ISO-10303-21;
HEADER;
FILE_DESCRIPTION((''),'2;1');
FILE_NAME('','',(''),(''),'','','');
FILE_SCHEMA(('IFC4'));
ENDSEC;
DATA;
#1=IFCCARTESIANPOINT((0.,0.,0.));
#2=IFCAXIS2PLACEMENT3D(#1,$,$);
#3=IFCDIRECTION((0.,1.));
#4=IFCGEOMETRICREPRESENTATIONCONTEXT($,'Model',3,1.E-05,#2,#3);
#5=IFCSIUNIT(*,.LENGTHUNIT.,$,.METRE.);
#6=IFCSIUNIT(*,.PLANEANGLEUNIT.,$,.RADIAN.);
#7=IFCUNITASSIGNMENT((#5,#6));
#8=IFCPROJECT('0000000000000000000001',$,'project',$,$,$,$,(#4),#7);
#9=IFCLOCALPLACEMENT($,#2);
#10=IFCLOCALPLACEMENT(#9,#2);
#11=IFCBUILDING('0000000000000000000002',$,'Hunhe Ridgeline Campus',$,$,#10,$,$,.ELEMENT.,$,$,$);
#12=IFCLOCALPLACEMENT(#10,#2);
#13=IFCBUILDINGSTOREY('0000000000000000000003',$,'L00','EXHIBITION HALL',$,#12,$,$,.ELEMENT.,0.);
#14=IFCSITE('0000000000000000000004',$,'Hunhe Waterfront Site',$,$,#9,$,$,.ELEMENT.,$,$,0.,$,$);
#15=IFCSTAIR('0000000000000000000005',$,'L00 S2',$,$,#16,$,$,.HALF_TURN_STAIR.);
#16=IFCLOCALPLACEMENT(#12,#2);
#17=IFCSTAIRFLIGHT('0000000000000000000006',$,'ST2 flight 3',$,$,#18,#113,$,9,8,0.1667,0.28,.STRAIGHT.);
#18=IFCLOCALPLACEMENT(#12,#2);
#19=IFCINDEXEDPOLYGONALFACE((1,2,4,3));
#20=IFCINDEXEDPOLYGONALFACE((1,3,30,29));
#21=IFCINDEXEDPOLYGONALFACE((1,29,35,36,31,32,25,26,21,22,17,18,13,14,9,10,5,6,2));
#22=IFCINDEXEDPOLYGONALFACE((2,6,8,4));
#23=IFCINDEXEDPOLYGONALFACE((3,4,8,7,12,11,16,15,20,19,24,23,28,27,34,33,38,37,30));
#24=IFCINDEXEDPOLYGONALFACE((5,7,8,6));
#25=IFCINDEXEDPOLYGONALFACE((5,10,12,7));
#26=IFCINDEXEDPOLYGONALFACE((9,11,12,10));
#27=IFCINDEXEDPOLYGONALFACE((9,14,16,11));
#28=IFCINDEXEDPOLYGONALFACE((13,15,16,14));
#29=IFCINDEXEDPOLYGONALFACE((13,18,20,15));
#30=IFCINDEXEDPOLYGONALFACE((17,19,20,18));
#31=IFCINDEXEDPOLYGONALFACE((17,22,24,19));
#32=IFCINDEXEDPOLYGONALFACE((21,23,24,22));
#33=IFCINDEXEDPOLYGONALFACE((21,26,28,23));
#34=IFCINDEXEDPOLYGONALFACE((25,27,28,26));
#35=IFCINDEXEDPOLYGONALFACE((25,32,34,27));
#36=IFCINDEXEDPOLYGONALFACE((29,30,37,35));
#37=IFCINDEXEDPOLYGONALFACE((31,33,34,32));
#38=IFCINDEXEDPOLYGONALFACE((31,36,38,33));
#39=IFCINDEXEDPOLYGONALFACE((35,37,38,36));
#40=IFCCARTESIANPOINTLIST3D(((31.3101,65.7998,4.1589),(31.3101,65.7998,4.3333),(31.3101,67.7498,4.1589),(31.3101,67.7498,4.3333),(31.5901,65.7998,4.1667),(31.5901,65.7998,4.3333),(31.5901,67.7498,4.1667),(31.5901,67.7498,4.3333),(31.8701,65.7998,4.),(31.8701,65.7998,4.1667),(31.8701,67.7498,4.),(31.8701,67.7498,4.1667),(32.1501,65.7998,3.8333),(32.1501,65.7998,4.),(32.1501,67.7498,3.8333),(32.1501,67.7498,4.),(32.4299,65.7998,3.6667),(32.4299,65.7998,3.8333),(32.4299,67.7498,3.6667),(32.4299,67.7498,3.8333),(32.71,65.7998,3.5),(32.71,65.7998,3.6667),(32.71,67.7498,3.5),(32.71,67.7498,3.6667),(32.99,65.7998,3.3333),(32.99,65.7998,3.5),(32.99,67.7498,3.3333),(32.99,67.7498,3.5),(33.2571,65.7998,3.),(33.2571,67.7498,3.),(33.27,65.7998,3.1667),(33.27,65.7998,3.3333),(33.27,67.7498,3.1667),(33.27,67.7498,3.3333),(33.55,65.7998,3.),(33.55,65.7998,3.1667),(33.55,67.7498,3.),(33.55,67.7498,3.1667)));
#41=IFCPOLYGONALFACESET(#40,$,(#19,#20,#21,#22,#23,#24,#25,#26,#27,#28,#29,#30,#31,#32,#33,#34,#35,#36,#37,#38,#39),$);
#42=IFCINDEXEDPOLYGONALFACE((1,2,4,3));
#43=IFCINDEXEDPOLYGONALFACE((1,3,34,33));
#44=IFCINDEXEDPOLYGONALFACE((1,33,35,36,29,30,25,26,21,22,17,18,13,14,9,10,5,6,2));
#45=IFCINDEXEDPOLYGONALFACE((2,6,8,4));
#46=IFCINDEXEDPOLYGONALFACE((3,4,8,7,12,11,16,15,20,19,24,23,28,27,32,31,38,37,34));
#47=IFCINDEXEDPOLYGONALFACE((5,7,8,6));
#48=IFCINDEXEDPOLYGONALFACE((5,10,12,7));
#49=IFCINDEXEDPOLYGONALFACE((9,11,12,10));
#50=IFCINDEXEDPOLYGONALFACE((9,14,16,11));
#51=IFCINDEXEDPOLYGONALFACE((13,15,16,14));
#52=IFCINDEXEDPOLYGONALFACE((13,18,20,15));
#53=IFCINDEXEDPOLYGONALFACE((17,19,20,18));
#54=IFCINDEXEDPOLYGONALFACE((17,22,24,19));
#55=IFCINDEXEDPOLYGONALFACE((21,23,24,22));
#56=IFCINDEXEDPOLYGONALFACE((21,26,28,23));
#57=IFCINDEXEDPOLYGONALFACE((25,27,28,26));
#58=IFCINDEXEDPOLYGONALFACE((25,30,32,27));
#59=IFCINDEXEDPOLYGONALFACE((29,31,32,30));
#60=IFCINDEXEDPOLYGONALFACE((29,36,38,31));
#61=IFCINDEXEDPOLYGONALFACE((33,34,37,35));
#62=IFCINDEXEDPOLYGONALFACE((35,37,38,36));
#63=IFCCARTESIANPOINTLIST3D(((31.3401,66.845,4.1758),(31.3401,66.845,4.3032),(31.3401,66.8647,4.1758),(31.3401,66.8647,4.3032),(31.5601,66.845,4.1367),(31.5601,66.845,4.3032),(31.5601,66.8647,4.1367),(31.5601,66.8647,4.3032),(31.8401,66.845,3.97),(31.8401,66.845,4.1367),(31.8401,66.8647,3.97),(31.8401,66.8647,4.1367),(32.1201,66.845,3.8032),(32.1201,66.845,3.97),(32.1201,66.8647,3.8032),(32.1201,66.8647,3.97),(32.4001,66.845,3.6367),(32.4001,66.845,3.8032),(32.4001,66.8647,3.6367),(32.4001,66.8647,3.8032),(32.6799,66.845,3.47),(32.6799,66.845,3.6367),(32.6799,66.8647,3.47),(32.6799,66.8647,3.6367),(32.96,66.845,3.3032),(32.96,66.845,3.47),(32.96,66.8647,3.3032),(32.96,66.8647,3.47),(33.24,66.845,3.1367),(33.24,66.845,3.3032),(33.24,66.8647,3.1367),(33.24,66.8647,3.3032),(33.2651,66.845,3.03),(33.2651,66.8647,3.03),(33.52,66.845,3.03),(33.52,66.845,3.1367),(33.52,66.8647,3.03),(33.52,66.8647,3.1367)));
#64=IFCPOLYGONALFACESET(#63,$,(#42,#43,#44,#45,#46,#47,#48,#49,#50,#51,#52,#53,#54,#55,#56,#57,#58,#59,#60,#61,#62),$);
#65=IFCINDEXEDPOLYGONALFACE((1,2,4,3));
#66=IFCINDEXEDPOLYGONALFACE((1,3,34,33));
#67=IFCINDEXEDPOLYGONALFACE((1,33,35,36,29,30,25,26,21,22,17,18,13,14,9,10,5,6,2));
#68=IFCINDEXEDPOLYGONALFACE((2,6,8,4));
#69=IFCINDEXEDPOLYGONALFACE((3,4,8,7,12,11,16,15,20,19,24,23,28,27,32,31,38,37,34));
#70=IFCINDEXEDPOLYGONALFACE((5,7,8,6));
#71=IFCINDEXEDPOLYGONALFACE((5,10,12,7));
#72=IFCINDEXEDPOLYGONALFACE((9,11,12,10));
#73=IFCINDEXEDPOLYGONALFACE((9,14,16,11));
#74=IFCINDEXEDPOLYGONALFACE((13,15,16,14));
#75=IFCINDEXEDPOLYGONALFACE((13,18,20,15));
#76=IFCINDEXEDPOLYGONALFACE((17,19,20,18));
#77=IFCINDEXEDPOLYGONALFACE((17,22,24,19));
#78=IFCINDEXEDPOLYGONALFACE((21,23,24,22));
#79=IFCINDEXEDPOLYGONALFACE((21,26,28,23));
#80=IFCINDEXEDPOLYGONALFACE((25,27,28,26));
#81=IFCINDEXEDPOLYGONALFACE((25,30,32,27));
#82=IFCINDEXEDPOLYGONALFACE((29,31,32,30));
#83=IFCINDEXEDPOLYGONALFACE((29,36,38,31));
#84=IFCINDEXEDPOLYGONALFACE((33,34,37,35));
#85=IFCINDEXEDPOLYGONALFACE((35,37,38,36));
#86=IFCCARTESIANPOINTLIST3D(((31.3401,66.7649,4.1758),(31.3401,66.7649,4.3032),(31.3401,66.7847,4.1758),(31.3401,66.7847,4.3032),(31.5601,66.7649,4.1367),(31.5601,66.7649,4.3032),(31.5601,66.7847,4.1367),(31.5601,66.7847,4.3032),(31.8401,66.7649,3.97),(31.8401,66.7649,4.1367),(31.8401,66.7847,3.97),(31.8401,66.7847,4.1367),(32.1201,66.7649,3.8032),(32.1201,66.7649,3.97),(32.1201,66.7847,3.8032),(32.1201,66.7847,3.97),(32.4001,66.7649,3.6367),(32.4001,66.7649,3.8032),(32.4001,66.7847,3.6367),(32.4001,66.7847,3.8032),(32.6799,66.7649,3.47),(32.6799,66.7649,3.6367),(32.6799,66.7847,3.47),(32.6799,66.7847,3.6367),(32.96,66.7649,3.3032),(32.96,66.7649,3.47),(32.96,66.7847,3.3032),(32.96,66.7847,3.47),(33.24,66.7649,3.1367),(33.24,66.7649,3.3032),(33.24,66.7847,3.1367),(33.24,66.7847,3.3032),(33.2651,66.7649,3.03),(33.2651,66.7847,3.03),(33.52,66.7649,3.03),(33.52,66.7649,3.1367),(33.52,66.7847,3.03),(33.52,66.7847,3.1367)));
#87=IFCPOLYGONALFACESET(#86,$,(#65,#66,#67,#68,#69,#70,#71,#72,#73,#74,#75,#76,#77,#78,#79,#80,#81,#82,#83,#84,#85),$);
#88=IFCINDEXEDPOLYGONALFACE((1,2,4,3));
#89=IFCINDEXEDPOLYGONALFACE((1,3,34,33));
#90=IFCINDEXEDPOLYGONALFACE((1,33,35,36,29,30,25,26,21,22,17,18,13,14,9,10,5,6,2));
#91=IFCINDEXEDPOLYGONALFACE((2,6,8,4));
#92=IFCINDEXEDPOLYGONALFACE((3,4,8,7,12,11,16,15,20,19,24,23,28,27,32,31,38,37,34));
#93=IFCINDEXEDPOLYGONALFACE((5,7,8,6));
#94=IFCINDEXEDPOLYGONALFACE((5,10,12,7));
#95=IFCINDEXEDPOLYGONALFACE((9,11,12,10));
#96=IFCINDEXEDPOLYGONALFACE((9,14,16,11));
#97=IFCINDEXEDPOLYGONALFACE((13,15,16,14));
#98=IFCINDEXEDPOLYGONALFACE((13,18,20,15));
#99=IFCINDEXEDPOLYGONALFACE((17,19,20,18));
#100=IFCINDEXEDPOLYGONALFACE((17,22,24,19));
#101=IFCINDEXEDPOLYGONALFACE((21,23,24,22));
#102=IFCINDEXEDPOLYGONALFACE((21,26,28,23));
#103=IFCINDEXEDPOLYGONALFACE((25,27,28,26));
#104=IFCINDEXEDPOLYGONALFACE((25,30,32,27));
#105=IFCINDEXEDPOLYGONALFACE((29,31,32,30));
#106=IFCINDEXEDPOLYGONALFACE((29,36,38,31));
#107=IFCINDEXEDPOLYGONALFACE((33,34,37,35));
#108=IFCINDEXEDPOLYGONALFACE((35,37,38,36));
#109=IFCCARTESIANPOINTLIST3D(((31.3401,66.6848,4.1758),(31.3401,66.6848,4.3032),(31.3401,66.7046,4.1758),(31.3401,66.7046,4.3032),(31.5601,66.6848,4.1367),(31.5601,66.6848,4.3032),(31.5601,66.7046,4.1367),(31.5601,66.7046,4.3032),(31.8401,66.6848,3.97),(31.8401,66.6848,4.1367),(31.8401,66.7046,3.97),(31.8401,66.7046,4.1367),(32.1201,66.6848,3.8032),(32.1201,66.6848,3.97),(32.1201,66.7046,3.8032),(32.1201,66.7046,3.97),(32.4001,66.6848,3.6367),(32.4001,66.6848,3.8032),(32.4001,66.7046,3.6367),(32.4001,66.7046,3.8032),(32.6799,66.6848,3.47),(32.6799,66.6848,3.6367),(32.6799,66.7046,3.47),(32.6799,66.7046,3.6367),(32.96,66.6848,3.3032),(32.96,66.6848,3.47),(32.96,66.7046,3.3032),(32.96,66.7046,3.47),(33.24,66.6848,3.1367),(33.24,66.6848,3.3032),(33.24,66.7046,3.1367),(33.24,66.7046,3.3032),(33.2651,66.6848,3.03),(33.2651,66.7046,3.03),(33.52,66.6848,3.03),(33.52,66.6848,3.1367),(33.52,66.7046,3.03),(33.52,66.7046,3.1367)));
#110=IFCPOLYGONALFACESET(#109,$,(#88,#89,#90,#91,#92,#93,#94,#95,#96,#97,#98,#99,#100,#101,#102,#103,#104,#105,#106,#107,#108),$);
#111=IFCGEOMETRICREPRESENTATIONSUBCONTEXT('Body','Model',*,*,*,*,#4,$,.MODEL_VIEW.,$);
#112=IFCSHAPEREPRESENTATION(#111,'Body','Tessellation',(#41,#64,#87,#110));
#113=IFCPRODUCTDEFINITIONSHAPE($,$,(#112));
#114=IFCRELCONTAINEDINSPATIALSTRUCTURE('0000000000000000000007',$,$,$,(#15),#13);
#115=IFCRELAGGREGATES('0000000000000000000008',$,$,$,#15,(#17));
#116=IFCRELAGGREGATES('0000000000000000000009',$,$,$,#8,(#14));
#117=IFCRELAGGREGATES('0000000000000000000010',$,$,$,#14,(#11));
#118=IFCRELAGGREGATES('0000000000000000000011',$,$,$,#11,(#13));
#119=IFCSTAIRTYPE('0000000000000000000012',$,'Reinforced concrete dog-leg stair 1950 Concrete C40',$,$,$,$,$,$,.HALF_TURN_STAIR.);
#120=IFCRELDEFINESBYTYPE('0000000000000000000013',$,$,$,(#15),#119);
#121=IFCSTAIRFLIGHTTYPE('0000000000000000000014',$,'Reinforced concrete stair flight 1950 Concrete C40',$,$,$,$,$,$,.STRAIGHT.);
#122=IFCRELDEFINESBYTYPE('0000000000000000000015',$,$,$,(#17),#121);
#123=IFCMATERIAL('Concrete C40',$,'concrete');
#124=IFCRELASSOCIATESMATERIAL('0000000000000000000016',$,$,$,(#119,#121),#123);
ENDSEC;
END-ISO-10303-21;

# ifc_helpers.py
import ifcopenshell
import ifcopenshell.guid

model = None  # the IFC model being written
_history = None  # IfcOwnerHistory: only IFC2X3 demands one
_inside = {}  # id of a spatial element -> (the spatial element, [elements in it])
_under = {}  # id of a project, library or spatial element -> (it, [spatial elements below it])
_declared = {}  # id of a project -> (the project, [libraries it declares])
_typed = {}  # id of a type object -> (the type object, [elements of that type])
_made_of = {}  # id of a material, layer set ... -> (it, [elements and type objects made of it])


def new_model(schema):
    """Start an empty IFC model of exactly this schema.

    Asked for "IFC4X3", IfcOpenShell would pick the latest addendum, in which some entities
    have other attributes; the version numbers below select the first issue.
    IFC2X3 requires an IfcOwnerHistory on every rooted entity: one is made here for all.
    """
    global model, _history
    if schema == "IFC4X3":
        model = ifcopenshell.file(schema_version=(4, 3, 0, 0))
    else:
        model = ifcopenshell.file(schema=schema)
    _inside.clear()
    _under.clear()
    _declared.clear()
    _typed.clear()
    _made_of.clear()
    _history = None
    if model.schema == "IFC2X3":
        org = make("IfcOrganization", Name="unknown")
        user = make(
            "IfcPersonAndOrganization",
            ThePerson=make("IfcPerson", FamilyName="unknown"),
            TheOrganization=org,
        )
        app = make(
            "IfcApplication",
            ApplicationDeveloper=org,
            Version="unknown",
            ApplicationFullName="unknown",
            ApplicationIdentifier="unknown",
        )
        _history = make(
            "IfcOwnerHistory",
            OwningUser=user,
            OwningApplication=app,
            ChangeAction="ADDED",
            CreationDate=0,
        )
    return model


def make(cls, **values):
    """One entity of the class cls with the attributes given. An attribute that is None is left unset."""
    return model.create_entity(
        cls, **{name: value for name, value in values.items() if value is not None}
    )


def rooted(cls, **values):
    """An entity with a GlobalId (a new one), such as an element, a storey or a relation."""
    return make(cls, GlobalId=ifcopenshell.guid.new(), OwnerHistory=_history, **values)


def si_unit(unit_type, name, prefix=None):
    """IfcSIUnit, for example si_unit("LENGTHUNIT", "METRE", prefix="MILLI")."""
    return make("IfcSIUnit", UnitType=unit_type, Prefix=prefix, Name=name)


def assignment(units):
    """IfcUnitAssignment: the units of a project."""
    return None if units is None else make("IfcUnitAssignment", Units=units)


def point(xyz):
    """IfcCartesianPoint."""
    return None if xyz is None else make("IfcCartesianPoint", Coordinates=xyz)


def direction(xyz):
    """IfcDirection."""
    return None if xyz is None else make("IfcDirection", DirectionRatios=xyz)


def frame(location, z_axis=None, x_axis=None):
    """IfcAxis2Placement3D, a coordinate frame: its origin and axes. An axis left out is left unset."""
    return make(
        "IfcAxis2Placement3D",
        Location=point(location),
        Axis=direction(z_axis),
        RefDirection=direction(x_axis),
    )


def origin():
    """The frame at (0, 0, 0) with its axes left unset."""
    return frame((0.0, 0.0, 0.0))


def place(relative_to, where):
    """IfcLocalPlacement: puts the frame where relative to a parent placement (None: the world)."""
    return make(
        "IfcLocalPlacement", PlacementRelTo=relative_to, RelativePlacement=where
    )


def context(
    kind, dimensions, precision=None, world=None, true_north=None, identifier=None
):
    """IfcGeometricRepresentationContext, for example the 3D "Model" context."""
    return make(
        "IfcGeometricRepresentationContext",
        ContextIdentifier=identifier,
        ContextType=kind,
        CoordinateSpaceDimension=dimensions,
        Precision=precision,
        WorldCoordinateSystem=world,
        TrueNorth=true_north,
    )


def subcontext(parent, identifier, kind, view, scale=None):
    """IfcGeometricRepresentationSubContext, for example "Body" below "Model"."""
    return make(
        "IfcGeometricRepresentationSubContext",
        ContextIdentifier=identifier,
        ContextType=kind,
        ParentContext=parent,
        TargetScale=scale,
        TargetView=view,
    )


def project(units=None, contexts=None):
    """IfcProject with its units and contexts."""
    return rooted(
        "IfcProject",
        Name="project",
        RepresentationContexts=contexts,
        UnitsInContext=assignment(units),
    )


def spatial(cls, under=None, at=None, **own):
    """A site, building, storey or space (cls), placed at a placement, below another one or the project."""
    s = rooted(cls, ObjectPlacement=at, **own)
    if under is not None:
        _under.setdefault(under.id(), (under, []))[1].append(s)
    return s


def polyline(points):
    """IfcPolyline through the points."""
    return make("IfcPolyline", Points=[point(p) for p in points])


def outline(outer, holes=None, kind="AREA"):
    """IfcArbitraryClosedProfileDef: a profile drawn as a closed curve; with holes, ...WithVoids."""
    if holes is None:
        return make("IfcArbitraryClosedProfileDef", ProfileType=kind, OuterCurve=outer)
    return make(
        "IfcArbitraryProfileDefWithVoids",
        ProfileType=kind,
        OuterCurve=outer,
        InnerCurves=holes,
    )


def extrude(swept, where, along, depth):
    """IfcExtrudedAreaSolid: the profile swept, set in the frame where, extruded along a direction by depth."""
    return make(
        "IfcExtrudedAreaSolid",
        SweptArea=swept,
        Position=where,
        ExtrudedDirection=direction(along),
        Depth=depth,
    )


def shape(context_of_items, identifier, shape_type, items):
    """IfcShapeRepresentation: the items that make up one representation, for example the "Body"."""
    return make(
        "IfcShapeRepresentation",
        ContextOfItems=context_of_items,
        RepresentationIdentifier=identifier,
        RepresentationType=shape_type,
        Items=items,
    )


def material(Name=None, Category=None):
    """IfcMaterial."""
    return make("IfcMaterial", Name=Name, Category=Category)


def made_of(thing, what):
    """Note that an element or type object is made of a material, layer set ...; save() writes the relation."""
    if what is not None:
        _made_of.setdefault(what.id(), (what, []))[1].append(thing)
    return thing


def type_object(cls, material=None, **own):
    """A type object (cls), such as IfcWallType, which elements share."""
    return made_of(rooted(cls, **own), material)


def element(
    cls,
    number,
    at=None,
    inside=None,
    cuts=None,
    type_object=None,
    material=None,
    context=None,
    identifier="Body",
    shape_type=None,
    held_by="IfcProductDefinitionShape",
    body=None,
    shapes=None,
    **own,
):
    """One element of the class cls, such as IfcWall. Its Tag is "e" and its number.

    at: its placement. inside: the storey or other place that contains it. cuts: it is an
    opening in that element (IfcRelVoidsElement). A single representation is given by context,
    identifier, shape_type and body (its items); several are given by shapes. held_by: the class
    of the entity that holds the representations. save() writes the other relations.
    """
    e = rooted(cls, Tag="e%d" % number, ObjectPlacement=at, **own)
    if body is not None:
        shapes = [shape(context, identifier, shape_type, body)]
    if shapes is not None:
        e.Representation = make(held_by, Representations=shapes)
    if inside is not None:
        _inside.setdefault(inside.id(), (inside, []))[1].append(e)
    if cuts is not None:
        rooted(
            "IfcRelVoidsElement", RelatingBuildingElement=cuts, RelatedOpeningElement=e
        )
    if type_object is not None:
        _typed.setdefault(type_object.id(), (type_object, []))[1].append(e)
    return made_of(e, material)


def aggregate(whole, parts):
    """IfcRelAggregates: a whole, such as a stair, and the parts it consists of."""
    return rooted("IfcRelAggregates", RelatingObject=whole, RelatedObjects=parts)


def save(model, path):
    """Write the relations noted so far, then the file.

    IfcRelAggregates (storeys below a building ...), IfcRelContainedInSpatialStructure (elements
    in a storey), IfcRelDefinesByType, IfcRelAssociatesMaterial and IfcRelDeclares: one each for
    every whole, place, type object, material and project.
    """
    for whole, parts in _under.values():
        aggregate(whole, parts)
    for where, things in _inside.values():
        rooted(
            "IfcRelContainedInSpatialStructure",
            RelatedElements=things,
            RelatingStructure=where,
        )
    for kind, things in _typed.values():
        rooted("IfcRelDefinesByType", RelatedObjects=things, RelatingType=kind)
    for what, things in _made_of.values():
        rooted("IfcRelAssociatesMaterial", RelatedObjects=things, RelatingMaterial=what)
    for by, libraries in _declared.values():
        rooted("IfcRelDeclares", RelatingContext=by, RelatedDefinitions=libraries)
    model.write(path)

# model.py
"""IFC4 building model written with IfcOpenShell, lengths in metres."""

from ifc_helpers import new_model, si_unit, direction, frame, origin, place, context, subcontext, project, spatial, polyline, outline, extrude, material, type_object, element, aggregate, save


model = new_model("IFC4")

# Units and contexts
model_context = context("Model", 3, precision=1e-05, world=origin(), true_north=direction((0.0, 1.0)))
body_context = subcontext(model_context, "Body", "Model", "MODEL_VIEW")
ifc_project = project(units=[si_unit("LENGTHUNIT", "METRE"), si_unit("PLANEANGLEUNIT", "RADIAN")], contexts=[model_context])

# Site, building, storey
site_placement = place(None, origin())
site = spatial("IfcSite", under=ifc_project, at=site_placement, Name="Hunhe Waterfront Site", CompositionType="ELEMENT", RefElevation=0.0)
building_placement = place(site_placement, origin())
building = spatial("IfcBuilding", under=site, at=building_placement, Name="Hunhe Ridgeline Campus", CompositionType="ELEMENT")
storey_placement = place(building_placement, origin())
storey = spatial("IfcBuildingStorey", under=building, at=storey_placement, Name="L00", Description="EXHIBITION HALL", CompositionType="ELEMENT", Elevation=0.0)

# Stair, stair flight
ifc_material_1 = material(Name="Concrete C40", Category="concrete")
stair_type = type_object("IfcStairType", Name="Reinforced concrete dog-leg stair 1950 Concrete C40", PredefinedType="HALF_TURN_STAIR", material=ifc_material_1)
stair_placement = place(storey_placement, origin())
stair = element("IfcStair", 1, at=stair_placement, inside=storey, type_object=stair_type, Name="L00 S2", PredefinedType="HALF_TURN_STAIR")
stair_flight_type = type_object("IfcStairFlightType", Name="Reinforced concrete stair flight 1950 Concrete C40", PredefinedType="STRAIGHT", material=ifc_material_1)
stair_flight_1_placement = place(storey_placement, frame((33.55, 66.7749, 3.0), z_axis=(0.0, 0.0, 1.0), x_axis=(-1.0, 0.0, 0.0)))
stair_flight_1 = element("IfcStairFlight", 2, at=stair_flight_1_placement, type_object=stair_flight_type, Name="ST2 flight 3", NumberOfRisers=9, NumberOfTreads=8, PredefinedType="STRAIGHT", RiserHeight=0.1667, TreadLength=0.28, context=body_context, shape_type="SweptSolid", body=[
    extrude(outline(polyline([(0.0, 0.0), (0.0, 0.1667), (0.28, 0.1667), (0.28, 0.3333), (0.5601, 0.3333), (0.5601, 0.5), (0.8401, 0.5), (0.8401, 0.6667), (1.1201, 0.6667), (1.1201, 0.8333), (1.3999, 0.8333), (1.3999, 1.0), (1.6799, 1.0), (1.6799, 1.1667), (1.96, 1.1667), (1.96, 1.3333), (2.24, 1.3333), (2.24, 1.5), (2.24, 1.1589), (0.293, 0.0), (0.0, 0.0)])), frame((0.0, 0.9751, 0.0), z_axis=(0.0, -1.0, 0.0), x_axis=(1.0, 0.0, 0.0)), (0.0, 0.0, 1.0), 1.95),
    extrude(outline(polyline([(0.03, 0.03), (0.03, 0.1367), (0.3101, 0.1367), (0.3101, 0.3032), (0.5901, 0.3032), (0.5901, 0.47), (0.8701, 0.47), (0.8701, 0.6367), (1.1499, 0.6367), (1.1499, 0.8032), (1.4299, 0.8032), (1.4299, 0.97), (1.71, 0.97), (1.71, 1.1367), (1.99, 1.1367), (1.99, 1.3032), (2.21, 1.3032), (2.21, 1.1758), (0.2849, 0.03), (0.03, 0.03)])), frame((0.0, -0.0701, 0.0), z_axis=(0.0, -1.0, 0.0), x_axis=(1.0, 0.0, 0.0)), (0.0, 0.0, 1.0), 0.0198),
    extrude(outline(polyline([(0.03, 0.03), (0.03, 0.1367), (0.3101, 0.1367), (0.3101, 0.3032), (0.5901, 0.3032), (0.5901, 0.47), (0.8701, 0.47), (0.8701, 0.6367), (1.1499, 0.6367), (1.1499, 0.8032), (1.4299, 0.8032), (1.4299, 0.97), (1.71, 0.97), (1.71, 1.1367), (1.99, 1.1367), (1.99, 1.3032), (2.21, 1.3032), (2.21, 1.1758), (0.2849, 0.03), (0.03, 0.03)])), frame((0.0, 0.01, 0.0), z_axis=(0.0, -1.0, 0.0), x_axis=(1.0, 0.0, 0.0)), (0.0, 0.0, 1.0), 0.0198),
    extrude(outline(polyline([(0.03, 0.03), (0.03, 0.1367), (0.3101, 0.1367), (0.3101, 0.3032), (0.5901, 0.3032), (0.5901, 0.47), (0.8701, 0.47), (0.8701, 0.6367), (1.1499, 0.6367), (1.1499, 0.8032), (1.4299, 0.8032), (1.4299, 0.97), (1.71, 0.97), (1.71, 1.1367), (1.99, 1.1367), (1.99, 1.3032), (2.21, 1.3032), (2.21, 1.1758), (0.2849, 0.03), (0.03, 0.03)])), frame((0.0, 0.0901, 0.0), z_axis=(0.0, -1.0, 0.0), x_axis=(1.0, 0.0, 0.0)), (0.0, 0.0, 1.0), 0.0198),
])
aggregate(stair, [stair_flight_1])

save(model, "model.ifc")
